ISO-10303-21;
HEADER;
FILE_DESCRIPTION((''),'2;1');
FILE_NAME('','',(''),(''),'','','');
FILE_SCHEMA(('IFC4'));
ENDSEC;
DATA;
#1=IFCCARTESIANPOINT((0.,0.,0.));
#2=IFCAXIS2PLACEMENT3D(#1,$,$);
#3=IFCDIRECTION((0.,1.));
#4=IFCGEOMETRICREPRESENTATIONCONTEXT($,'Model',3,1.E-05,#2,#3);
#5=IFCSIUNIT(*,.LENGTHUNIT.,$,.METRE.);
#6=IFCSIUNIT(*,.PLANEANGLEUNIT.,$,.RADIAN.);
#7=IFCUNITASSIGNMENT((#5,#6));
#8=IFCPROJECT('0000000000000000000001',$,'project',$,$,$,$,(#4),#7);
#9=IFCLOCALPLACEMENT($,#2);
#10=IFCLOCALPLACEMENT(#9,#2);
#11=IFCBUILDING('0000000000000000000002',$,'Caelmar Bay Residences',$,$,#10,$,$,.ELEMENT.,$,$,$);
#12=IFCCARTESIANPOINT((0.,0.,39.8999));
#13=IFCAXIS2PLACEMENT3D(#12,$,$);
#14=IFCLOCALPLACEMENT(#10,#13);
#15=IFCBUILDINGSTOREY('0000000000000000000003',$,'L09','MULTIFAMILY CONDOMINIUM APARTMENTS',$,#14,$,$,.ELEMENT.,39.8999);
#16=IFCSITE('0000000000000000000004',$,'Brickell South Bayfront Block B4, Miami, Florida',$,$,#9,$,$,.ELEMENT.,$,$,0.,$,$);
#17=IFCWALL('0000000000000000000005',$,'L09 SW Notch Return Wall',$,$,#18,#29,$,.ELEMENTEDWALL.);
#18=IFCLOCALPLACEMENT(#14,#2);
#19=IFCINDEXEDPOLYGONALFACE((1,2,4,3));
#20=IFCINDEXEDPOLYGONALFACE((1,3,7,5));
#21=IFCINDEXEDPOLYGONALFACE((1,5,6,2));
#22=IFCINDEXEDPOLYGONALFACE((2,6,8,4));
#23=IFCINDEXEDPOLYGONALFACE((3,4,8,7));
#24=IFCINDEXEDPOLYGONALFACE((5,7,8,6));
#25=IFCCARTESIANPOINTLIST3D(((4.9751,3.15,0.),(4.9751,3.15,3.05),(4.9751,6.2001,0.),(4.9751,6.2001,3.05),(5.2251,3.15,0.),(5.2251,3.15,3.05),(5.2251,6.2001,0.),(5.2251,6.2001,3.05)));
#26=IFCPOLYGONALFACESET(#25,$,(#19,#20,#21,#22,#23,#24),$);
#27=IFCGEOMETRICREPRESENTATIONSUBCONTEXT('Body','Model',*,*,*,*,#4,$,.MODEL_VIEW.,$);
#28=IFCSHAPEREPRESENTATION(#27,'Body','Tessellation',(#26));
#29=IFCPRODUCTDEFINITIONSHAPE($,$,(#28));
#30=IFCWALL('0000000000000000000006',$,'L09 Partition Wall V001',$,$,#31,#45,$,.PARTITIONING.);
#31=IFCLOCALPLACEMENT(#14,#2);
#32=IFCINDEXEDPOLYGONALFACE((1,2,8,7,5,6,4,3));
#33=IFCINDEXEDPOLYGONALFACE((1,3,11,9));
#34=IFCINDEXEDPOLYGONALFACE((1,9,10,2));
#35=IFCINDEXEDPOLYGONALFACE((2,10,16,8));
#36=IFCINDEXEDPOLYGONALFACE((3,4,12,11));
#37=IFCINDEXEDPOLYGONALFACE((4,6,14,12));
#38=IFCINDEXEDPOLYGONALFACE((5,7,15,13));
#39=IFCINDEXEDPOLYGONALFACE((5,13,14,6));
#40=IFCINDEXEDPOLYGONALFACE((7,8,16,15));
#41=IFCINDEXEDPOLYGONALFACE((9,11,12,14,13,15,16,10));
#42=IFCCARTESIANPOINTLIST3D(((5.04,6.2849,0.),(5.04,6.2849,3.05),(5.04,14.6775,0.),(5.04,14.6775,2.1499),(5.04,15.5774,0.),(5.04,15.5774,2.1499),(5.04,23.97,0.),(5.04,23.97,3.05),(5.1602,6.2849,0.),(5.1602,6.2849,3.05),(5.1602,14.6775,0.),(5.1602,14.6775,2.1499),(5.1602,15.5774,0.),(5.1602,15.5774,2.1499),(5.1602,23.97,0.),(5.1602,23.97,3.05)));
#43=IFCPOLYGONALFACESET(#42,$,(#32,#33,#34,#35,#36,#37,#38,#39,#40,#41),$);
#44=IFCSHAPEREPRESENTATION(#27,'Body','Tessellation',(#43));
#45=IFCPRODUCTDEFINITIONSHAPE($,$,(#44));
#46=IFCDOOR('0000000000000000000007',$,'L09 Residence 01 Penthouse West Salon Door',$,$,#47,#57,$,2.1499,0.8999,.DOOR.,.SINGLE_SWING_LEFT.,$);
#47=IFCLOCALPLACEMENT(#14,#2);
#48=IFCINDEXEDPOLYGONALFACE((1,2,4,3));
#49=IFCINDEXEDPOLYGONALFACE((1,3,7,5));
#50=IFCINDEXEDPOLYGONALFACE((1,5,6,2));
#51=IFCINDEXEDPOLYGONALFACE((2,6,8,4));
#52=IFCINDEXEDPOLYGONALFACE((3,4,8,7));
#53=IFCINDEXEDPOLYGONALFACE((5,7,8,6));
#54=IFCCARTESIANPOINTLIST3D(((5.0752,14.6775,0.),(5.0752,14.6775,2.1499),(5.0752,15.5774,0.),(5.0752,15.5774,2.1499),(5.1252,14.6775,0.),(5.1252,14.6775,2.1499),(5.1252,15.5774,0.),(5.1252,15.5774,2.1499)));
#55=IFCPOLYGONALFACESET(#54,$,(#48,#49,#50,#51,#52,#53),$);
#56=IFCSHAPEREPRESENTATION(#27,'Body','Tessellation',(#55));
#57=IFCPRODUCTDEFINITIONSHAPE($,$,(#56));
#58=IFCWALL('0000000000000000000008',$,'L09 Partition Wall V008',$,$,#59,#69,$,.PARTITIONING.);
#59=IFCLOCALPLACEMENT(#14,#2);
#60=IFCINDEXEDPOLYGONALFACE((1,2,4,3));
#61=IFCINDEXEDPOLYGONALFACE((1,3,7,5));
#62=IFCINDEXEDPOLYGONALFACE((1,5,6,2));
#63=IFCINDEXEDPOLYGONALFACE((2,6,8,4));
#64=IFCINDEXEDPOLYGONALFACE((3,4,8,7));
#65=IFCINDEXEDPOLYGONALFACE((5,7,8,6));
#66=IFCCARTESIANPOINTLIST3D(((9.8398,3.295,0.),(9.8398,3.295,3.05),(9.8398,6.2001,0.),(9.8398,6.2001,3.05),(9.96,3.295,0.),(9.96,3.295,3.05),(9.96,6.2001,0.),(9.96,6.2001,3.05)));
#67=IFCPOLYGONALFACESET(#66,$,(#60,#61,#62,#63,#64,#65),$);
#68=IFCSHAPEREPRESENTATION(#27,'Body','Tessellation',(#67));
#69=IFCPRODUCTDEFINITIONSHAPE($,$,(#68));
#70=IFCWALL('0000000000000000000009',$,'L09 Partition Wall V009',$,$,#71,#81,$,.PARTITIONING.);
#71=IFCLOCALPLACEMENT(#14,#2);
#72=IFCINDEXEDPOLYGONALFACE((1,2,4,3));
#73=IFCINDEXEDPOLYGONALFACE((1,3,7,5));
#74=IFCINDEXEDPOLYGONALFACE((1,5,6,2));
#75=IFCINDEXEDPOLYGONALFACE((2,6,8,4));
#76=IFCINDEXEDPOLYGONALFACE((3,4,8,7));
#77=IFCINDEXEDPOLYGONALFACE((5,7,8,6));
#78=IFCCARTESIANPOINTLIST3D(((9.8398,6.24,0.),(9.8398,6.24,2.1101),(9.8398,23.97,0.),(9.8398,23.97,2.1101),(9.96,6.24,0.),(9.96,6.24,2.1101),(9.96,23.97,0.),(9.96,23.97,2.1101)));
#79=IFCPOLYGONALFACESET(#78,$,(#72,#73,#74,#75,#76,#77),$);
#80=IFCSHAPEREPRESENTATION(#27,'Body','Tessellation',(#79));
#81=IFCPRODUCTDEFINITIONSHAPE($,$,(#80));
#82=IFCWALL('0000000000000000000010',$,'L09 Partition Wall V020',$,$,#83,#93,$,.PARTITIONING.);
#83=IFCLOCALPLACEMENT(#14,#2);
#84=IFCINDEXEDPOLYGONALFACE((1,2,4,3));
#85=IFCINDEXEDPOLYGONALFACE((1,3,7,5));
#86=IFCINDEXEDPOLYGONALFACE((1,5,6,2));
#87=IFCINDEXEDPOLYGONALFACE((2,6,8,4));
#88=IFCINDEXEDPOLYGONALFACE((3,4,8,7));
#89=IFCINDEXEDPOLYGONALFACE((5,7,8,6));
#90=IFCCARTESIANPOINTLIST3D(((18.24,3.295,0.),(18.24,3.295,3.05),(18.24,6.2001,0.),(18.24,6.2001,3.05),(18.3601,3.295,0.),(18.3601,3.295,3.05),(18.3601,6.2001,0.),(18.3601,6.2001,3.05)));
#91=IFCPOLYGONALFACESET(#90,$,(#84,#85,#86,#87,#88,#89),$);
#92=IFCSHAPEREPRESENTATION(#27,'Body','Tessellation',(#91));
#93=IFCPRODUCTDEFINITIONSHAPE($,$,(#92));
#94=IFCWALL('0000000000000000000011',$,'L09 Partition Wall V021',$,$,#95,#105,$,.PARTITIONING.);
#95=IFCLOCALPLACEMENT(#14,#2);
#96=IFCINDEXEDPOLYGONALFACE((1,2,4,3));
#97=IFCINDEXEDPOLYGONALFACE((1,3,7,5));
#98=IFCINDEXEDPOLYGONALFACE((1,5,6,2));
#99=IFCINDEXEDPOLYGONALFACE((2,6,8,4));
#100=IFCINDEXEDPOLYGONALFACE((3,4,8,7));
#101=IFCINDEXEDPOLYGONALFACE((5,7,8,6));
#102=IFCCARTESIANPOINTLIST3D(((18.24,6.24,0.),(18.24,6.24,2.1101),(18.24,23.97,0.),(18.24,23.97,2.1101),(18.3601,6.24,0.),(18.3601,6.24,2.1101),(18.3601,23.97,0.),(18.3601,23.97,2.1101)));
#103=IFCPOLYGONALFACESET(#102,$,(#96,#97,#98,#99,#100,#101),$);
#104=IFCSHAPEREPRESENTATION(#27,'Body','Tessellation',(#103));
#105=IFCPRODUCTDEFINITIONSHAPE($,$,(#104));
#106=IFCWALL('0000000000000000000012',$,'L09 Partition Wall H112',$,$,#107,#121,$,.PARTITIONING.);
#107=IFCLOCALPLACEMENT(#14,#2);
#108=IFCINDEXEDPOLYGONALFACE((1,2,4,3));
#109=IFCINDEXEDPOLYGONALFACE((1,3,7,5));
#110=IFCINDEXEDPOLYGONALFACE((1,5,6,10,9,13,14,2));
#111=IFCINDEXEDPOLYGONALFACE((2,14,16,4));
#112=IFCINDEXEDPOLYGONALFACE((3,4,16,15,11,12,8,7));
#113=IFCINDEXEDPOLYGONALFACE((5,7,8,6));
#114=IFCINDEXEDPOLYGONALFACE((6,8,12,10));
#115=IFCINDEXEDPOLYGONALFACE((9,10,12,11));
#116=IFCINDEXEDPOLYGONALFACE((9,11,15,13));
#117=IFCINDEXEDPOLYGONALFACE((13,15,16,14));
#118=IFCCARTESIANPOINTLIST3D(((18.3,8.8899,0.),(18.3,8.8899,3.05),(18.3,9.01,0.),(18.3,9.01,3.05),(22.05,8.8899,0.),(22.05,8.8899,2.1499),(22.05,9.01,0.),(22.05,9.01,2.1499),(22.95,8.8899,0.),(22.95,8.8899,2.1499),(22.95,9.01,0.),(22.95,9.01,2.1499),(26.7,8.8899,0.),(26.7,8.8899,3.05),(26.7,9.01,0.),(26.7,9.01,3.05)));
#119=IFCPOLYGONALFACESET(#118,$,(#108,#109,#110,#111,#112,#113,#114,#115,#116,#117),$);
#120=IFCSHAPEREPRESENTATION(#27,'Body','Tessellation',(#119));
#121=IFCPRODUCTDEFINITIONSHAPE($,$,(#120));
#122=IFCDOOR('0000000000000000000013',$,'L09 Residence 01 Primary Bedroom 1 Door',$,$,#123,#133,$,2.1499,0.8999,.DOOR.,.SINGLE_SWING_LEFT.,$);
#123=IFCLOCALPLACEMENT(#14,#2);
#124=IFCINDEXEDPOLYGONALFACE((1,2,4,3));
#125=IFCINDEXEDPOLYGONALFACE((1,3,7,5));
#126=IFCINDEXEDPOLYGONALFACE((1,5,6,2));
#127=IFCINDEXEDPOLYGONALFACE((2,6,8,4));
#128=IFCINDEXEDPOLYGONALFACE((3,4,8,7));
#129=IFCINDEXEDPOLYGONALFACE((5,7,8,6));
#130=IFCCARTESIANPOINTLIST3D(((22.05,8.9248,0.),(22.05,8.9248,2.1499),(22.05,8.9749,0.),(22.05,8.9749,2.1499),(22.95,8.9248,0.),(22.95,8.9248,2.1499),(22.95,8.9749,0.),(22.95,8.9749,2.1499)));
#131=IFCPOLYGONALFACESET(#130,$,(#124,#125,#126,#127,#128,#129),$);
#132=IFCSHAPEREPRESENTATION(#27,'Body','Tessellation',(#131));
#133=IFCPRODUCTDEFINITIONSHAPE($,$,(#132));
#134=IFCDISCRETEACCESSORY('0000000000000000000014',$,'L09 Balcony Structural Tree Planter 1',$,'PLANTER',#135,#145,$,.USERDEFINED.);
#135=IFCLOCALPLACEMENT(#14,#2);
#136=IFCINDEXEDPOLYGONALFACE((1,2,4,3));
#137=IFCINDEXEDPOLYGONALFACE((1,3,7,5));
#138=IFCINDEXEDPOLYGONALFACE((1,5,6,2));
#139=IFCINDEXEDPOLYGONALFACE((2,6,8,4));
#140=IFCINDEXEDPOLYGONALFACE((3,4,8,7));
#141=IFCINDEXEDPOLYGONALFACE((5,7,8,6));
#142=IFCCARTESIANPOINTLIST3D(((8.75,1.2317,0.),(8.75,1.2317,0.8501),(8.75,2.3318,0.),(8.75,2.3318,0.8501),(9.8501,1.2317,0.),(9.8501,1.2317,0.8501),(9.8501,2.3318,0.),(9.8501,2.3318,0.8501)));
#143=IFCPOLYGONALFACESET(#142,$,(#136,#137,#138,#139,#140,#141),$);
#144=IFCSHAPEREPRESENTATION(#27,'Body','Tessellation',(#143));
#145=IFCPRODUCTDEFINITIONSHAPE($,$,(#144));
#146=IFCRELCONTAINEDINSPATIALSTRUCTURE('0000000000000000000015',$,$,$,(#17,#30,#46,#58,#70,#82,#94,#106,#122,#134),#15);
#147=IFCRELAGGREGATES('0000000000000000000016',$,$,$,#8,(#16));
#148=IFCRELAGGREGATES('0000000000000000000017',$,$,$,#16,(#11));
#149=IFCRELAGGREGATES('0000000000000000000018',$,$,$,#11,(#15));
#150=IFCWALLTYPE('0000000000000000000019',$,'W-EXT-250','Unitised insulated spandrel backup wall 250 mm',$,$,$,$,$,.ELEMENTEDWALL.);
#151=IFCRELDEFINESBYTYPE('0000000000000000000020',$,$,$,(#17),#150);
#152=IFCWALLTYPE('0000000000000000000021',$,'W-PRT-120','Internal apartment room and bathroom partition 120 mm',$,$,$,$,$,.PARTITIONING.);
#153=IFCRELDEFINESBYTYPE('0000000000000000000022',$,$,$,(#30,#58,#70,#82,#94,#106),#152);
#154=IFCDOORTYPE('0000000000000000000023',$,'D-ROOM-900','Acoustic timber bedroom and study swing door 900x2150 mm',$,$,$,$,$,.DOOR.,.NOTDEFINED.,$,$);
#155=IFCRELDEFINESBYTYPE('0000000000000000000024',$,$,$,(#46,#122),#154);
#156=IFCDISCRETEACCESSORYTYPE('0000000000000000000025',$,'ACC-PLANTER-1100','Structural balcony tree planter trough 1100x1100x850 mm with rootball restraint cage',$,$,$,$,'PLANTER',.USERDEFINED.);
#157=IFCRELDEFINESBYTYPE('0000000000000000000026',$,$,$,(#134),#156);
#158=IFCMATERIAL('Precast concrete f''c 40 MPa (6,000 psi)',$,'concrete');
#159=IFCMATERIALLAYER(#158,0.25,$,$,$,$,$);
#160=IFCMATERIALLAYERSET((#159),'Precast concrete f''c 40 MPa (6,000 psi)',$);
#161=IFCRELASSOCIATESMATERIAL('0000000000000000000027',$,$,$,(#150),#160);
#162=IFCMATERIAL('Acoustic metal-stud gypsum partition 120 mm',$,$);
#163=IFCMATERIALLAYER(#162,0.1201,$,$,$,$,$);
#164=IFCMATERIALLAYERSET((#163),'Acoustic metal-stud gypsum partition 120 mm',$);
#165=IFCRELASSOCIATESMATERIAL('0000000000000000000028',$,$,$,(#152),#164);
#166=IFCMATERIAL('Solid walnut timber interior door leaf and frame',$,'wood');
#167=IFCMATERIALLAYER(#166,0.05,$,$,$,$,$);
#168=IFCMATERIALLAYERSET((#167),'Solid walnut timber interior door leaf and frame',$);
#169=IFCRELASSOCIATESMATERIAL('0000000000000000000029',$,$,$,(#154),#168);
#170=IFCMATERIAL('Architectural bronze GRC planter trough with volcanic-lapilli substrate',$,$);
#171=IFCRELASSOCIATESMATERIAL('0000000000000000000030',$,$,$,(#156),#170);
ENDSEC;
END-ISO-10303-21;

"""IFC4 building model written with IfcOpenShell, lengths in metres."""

from ifc_helpers import new_model, si_unit, direction, frame, frame_2d, origin, origin_2d, place, context, subcontext, project, spatial, rectangle, extrude, material, layer, layer_set, type_object, element, fill, save


model = new_model("IFC4")

# Units and contexts
model_context = context("Model", 3, precision=1e-05, world=origin(), true_north=direction((0.0, 1.0)))
body_context = subcontext(model_context, "Body", "Model", "MODEL_VIEW")
ifc_project = project(units=[si_unit("LENGTHUNIT", "METRE"), si_unit("PLANEANGLEUNIT", "RADIAN")], contexts=[model_context])

# Site, building, storey
site_placement = place(None, origin())
site = spatial("IfcSite", under=ifc_project, at=site_placement, Name="Brickell South Bayfront Block B4, Miami, Florida", CompositionType="ELEMENT", RefElevation=0.0)
building_placement = place(site_placement, origin())
building = spatial("IfcBuilding", under=site, at=building_placement, Name="Caelmar Bay Residences", CompositionType="ELEMENT")
storey_placement = place(building_placement, frame((0.0, 0.0, 39.8999)))
storey = spatial("IfcBuildingStorey", under=building, at=storey_placement, Name="L09", Description="MULTIFAMILY CONDOMINIUM APARTMENTS", CompositionType="ELEMENT", Elevation=39.8999)

# Wall
ifc_material_1 = material(Name="Precast concrete f'c 40 MPa (6,000 psi)", Category="concrete")
ifc_layer_1 = layer(ifc_material_1, 0.25)
ifc_layer_set_1 = layer_set([ifc_layer_1], Name="Precast concrete f'c 40 MPa (6,000 psi)")
wall_type_1 = type_object("IfcWallType", Name="W-EXT-250", Description="Unitised insulated spandrel backup wall 250 mm", PredefinedType="ELEMENTEDWALL", material=ifc_layer_set_1)
wall_1_placement = place(storey_placement, frame((5.1001, 6.2, 0.0), z_axis=(0.0, 0.0, 1.0), x_axis=(0.0, -1.0, 0.0)))
element("IfcWall", 1, at=wall_1_placement, inside=storey, type_object=wall_type_1, Name="L09 SW Notch Return Wall", PredefinedType="ELEMENTEDWALL", context=body_context, shape_type="SweptSolid", body=[
    extrude(rectangle(XDim=3.05, YDim=0.25, at=frame_2d((1.5249, 0.0))), origin(), (0.0, 0.0, 1.0), 3.05),
])

# Wall, opening, door
ifc_material_2 = material(Name="Acoustic metal-stud gypsum partition 120 mm")
ifc_layer_2 = layer(ifc_material_2, 0.1201)
ifc_layer_set_2 = layer_set([ifc_layer_2], Name="Acoustic metal-stud gypsum partition 120 mm")
wall_type_2 = type_object("IfcWallType", Name="W-PRT-120", Description="Internal apartment room and bathroom partition 120 mm", PredefinedType="PARTITIONING", material=ifc_layer_set_2)
wall_2_placement = place(storey_placement, frame((5.1001, 6.2849, 0.0), z_axis=(0.0, 0.0, 1.0), x_axis=(0.0, 1.0, 0.0)))
wall_2 = element("IfcWall", 2, at=wall_2_placement, inside=storey, type_object=wall_type_2, Name="L09 Partition Wall V001", PredefinedType="PARTITIONING", context=body_context, shape_type="SweptSolid", body=[
    extrude(rectangle(XDim=17.6851, YDim=0.1201, at=frame_2d((8.8425, 0.0))), origin(), (0.0, 0.0, 1.0), 3.05),
])
opening_1_placement = place(wall_2_placement, frame((8.3926, 0.0, 0.0)))
opening_1 = element("IfcOpeningElement", 3, at=opening_1_placement, cuts=wall_2, PredefinedType="OPENING", context=body_context, shape_type="SweptSolid", body=[
    extrude(rectangle(XDim=0.8999, YDim=2.1499, at=frame_2d((0.45, 1.075))), frame((0.0, 0.0701, 0.0), z_axis=(0.0, -1.0, 0.0), x_axis=(1.0, 0.0, 0.0)), (0.0, 0.0, 1.0), 0.1401),
])
ifc_material_3 = material(Name="Solid walnut timber interior door leaf and frame", Category="wood")
ifc_layer_3 = layer(ifc_material_3, 0.05)
ifc_layer_set_3 = layer_set([ifc_layer_3], Name="Solid walnut timber interior door leaf and frame")
door_type = type_object("IfcDoorType", Name="D-ROOM-900", Description="Acoustic timber bedroom and study swing door 900x2150 mm", OperationType="NOTDEFINED", PredefinedType="DOOR", material=ifc_layer_set_3)
door_1_placement = place(opening_1_placement, origin())
door_1 = element("IfcDoor", 4, at=door_1_placement, inside=storey, type_object=door_type, Name="L09 Residence 01 Penthouse West Salon Door", OperationType="SINGLE_SWING_LEFT", OverallHeight=2.1499, OverallWidth=0.8999, PredefinedType="DOOR", context=body_context, shape_type="SweptSolid", body=[
    extrude(rectangle(XDim=0.8999, YDim=2.1499, at=frame_2d((0.45, 1.075))), frame((0.0, 0.0249, 0.0), z_axis=(0.0, -1.0, 0.0), x_axis=(1.0, 0.0, 0.0)), (0.0, 0.0, 1.0), 0.05),
])
fill(opening_1, door_1)

# Walls
wall_3_placement = place(storey_placement, frame((9.8999, 3.2949, 0.0), z_axis=(0.0, 0.0, 1.0), x_axis=(0.0, 1.0, 0.0)))
element("IfcWall", 5, at=wall_3_placement, inside=storey, type_object=wall_type_2, Name="L09 Partition Wall V008", PredefinedType="PARTITIONING", context=body_context, shape_type="SweptSolid", body=[
    extrude(rectangle(XDim=2.905, YDim=0.1201, at=frame_2d((1.4526, 0.0))), origin(), (0.0, 0.0, 1.0), 3.05),
])
wall_4_placement = place(storey_placement, frame((9.8999, 6.24, 0.0), z_axis=(0.0, 0.0, 1.0), x_axis=(0.0, 1.0, 0.0)))
element("IfcWall", 6, at=wall_4_placement, inside=storey, type_object=wall_type_2, Name="L09 Partition Wall V009", PredefinedType="PARTITIONING", context=body_context, shape_type="SweptSolid", body=[
    extrude(rectangle(XDim=17.73, YDim=0.1201, at=frame_2d((8.865, 0.0))), origin(), (0.0, 0.0, 1.0), 2.1101),
])
wall_5_placement = place(storey_placement, frame((18.3, 3.2949, 0.0), z_axis=(0.0, 0.0, 1.0), x_axis=(0.0, 1.0, 0.0)))
element("IfcWall", 7, at=wall_5_placement, inside=storey, type_object=wall_type_2, Name="L09 Partition Wall V020", PredefinedType="PARTITIONING", context=body_context, shape_type="SweptSolid", body=[
    extrude(rectangle(XDim=2.905, YDim=0.1201, at=frame_2d((1.4526, 0.0))), origin(), (0.0, 0.0, 1.0), 3.05),
])
wall_6_placement = place(storey_placement, frame((18.3, 6.24, 0.0), z_axis=(0.0, 0.0, 1.0), x_axis=(0.0, 1.0, 0.0)))
element("IfcWall", 8, at=wall_6_placement, inside=storey, type_object=wall_type_2, Name="L09 Partition Wall V021", PredefinedType="PARTITIONING", context=body_context, shape_type="SweptSolid", body=[
    extrude(rectangle(XDim=17.73, YDim=0.1201, at=frame_2d((8.865, 0.0))), origin(), (0.0, 0.0, 1.0), 2.1101),
])

# Wall, opening, door
wall_7_placement = place(storey_placement, frame((18.3, 8.95, 0.0), z_axis=(0.0, 0.0, 1.0), x_axis=(1.0, 0.0, 0.0)))
wall_7 = element("IfcWall", 9, at=wall_7_placement, inside=storey, type_object=wall_type_2, Name="L09 Partition Wall H112", PredefinedType="PARTITIONING", context=body_context, shape_type="SweptSolid", body=[
    extrude(rectangle(XDim=8.3999, YDim=0.1201, at=frame_2d((4.2, 0.0))), origin(), (0.0, 0.0, 1.0), 3.05),
])
opening_2_placement = place(wall_7_placement, frame((3.75, 0.0, 0.0)))
opening_2 = element("IfcOpeningElement", 10, at=opening_2_placement, cuts=wall_7, PredefinedType="OPENING", context=body_context, shape_type="SweptSolid", body=[
    extrude(rectangle(XDim=0.8999, YDim=2.1499, at=frame_2d((0.45, 1.075))), frame((0.0, 0.0701, 0.0), z_axis=(0.0, -1.0, 0.0), x_axis=(1.0, 0.0, 0.0)), (0.0, 0.0, 1.0), 0.1401),
])
door_2_placement = place(opening_2_placement, origin())
door_2 = element("IfcDoor", 11, at=door_2_placement, inside=storey, type_object=door_type, Name="L09 Residence 01 Primary Bedroom 1 Door", OperationType="SINGLE_SWING_LEFT", OverallHeight=2.1499, OverallWidth=0.8999, PredefinedType="DOOR", context=body_context, shape_type="SweptSolid", body=[
    extrude(rectangle(XDim=0.8999, YDim=2.1499, at=frame_2d((0.45, 1.075))), frame((0.0, 0.0249, 0.0), z_axis=(0.0, -1.0, 0.0), x_axis=(1.0, 0.0, 0.0)), (0.0, 0.0, 1.0), 0.05),
])
fill(opening_2, door_2)

# Discrete accessory
ifc_material_4 = material(Name="Architectural bronze GRC planter trough with volcanic-lapilli substrate")
discrete_accessory_type = type_object("IfcDiscreteAccessoryType", Name="ACC-PLANTER-1100", Description="Structural balcony tree planter trough 1100x1100x850 mm with rootball restraint cage", ElementType="PLANTER", PredefinedType="USERDEFINED", material=ifc_material_4)
discrete_accessory_placement = place(storey_placement, frame((9.3, 1.7817, 0.0), z_axis=(0.0, 0.0, 1.0), x_axis=(1.0, 0.0, 0.0)))
element("IfcDiscreteAccessory", 12, at=discrete_accessory_placement, inside=storey, type_object=discrete_accessory_type, Name="L09 Balcony Structural Tree Planter 1", ObjectType="PLANTER", PredefinedType="USERDEFINED", context=body_context, shape_type="SweptSolid", body=[
    extrude(rectangle(XDim=1.1001, YDim=1.1001, at=origin_2d()), origin(), (0.0, 0.0, 1.0), 0.8501),
])

save(model, "model.ifc")
